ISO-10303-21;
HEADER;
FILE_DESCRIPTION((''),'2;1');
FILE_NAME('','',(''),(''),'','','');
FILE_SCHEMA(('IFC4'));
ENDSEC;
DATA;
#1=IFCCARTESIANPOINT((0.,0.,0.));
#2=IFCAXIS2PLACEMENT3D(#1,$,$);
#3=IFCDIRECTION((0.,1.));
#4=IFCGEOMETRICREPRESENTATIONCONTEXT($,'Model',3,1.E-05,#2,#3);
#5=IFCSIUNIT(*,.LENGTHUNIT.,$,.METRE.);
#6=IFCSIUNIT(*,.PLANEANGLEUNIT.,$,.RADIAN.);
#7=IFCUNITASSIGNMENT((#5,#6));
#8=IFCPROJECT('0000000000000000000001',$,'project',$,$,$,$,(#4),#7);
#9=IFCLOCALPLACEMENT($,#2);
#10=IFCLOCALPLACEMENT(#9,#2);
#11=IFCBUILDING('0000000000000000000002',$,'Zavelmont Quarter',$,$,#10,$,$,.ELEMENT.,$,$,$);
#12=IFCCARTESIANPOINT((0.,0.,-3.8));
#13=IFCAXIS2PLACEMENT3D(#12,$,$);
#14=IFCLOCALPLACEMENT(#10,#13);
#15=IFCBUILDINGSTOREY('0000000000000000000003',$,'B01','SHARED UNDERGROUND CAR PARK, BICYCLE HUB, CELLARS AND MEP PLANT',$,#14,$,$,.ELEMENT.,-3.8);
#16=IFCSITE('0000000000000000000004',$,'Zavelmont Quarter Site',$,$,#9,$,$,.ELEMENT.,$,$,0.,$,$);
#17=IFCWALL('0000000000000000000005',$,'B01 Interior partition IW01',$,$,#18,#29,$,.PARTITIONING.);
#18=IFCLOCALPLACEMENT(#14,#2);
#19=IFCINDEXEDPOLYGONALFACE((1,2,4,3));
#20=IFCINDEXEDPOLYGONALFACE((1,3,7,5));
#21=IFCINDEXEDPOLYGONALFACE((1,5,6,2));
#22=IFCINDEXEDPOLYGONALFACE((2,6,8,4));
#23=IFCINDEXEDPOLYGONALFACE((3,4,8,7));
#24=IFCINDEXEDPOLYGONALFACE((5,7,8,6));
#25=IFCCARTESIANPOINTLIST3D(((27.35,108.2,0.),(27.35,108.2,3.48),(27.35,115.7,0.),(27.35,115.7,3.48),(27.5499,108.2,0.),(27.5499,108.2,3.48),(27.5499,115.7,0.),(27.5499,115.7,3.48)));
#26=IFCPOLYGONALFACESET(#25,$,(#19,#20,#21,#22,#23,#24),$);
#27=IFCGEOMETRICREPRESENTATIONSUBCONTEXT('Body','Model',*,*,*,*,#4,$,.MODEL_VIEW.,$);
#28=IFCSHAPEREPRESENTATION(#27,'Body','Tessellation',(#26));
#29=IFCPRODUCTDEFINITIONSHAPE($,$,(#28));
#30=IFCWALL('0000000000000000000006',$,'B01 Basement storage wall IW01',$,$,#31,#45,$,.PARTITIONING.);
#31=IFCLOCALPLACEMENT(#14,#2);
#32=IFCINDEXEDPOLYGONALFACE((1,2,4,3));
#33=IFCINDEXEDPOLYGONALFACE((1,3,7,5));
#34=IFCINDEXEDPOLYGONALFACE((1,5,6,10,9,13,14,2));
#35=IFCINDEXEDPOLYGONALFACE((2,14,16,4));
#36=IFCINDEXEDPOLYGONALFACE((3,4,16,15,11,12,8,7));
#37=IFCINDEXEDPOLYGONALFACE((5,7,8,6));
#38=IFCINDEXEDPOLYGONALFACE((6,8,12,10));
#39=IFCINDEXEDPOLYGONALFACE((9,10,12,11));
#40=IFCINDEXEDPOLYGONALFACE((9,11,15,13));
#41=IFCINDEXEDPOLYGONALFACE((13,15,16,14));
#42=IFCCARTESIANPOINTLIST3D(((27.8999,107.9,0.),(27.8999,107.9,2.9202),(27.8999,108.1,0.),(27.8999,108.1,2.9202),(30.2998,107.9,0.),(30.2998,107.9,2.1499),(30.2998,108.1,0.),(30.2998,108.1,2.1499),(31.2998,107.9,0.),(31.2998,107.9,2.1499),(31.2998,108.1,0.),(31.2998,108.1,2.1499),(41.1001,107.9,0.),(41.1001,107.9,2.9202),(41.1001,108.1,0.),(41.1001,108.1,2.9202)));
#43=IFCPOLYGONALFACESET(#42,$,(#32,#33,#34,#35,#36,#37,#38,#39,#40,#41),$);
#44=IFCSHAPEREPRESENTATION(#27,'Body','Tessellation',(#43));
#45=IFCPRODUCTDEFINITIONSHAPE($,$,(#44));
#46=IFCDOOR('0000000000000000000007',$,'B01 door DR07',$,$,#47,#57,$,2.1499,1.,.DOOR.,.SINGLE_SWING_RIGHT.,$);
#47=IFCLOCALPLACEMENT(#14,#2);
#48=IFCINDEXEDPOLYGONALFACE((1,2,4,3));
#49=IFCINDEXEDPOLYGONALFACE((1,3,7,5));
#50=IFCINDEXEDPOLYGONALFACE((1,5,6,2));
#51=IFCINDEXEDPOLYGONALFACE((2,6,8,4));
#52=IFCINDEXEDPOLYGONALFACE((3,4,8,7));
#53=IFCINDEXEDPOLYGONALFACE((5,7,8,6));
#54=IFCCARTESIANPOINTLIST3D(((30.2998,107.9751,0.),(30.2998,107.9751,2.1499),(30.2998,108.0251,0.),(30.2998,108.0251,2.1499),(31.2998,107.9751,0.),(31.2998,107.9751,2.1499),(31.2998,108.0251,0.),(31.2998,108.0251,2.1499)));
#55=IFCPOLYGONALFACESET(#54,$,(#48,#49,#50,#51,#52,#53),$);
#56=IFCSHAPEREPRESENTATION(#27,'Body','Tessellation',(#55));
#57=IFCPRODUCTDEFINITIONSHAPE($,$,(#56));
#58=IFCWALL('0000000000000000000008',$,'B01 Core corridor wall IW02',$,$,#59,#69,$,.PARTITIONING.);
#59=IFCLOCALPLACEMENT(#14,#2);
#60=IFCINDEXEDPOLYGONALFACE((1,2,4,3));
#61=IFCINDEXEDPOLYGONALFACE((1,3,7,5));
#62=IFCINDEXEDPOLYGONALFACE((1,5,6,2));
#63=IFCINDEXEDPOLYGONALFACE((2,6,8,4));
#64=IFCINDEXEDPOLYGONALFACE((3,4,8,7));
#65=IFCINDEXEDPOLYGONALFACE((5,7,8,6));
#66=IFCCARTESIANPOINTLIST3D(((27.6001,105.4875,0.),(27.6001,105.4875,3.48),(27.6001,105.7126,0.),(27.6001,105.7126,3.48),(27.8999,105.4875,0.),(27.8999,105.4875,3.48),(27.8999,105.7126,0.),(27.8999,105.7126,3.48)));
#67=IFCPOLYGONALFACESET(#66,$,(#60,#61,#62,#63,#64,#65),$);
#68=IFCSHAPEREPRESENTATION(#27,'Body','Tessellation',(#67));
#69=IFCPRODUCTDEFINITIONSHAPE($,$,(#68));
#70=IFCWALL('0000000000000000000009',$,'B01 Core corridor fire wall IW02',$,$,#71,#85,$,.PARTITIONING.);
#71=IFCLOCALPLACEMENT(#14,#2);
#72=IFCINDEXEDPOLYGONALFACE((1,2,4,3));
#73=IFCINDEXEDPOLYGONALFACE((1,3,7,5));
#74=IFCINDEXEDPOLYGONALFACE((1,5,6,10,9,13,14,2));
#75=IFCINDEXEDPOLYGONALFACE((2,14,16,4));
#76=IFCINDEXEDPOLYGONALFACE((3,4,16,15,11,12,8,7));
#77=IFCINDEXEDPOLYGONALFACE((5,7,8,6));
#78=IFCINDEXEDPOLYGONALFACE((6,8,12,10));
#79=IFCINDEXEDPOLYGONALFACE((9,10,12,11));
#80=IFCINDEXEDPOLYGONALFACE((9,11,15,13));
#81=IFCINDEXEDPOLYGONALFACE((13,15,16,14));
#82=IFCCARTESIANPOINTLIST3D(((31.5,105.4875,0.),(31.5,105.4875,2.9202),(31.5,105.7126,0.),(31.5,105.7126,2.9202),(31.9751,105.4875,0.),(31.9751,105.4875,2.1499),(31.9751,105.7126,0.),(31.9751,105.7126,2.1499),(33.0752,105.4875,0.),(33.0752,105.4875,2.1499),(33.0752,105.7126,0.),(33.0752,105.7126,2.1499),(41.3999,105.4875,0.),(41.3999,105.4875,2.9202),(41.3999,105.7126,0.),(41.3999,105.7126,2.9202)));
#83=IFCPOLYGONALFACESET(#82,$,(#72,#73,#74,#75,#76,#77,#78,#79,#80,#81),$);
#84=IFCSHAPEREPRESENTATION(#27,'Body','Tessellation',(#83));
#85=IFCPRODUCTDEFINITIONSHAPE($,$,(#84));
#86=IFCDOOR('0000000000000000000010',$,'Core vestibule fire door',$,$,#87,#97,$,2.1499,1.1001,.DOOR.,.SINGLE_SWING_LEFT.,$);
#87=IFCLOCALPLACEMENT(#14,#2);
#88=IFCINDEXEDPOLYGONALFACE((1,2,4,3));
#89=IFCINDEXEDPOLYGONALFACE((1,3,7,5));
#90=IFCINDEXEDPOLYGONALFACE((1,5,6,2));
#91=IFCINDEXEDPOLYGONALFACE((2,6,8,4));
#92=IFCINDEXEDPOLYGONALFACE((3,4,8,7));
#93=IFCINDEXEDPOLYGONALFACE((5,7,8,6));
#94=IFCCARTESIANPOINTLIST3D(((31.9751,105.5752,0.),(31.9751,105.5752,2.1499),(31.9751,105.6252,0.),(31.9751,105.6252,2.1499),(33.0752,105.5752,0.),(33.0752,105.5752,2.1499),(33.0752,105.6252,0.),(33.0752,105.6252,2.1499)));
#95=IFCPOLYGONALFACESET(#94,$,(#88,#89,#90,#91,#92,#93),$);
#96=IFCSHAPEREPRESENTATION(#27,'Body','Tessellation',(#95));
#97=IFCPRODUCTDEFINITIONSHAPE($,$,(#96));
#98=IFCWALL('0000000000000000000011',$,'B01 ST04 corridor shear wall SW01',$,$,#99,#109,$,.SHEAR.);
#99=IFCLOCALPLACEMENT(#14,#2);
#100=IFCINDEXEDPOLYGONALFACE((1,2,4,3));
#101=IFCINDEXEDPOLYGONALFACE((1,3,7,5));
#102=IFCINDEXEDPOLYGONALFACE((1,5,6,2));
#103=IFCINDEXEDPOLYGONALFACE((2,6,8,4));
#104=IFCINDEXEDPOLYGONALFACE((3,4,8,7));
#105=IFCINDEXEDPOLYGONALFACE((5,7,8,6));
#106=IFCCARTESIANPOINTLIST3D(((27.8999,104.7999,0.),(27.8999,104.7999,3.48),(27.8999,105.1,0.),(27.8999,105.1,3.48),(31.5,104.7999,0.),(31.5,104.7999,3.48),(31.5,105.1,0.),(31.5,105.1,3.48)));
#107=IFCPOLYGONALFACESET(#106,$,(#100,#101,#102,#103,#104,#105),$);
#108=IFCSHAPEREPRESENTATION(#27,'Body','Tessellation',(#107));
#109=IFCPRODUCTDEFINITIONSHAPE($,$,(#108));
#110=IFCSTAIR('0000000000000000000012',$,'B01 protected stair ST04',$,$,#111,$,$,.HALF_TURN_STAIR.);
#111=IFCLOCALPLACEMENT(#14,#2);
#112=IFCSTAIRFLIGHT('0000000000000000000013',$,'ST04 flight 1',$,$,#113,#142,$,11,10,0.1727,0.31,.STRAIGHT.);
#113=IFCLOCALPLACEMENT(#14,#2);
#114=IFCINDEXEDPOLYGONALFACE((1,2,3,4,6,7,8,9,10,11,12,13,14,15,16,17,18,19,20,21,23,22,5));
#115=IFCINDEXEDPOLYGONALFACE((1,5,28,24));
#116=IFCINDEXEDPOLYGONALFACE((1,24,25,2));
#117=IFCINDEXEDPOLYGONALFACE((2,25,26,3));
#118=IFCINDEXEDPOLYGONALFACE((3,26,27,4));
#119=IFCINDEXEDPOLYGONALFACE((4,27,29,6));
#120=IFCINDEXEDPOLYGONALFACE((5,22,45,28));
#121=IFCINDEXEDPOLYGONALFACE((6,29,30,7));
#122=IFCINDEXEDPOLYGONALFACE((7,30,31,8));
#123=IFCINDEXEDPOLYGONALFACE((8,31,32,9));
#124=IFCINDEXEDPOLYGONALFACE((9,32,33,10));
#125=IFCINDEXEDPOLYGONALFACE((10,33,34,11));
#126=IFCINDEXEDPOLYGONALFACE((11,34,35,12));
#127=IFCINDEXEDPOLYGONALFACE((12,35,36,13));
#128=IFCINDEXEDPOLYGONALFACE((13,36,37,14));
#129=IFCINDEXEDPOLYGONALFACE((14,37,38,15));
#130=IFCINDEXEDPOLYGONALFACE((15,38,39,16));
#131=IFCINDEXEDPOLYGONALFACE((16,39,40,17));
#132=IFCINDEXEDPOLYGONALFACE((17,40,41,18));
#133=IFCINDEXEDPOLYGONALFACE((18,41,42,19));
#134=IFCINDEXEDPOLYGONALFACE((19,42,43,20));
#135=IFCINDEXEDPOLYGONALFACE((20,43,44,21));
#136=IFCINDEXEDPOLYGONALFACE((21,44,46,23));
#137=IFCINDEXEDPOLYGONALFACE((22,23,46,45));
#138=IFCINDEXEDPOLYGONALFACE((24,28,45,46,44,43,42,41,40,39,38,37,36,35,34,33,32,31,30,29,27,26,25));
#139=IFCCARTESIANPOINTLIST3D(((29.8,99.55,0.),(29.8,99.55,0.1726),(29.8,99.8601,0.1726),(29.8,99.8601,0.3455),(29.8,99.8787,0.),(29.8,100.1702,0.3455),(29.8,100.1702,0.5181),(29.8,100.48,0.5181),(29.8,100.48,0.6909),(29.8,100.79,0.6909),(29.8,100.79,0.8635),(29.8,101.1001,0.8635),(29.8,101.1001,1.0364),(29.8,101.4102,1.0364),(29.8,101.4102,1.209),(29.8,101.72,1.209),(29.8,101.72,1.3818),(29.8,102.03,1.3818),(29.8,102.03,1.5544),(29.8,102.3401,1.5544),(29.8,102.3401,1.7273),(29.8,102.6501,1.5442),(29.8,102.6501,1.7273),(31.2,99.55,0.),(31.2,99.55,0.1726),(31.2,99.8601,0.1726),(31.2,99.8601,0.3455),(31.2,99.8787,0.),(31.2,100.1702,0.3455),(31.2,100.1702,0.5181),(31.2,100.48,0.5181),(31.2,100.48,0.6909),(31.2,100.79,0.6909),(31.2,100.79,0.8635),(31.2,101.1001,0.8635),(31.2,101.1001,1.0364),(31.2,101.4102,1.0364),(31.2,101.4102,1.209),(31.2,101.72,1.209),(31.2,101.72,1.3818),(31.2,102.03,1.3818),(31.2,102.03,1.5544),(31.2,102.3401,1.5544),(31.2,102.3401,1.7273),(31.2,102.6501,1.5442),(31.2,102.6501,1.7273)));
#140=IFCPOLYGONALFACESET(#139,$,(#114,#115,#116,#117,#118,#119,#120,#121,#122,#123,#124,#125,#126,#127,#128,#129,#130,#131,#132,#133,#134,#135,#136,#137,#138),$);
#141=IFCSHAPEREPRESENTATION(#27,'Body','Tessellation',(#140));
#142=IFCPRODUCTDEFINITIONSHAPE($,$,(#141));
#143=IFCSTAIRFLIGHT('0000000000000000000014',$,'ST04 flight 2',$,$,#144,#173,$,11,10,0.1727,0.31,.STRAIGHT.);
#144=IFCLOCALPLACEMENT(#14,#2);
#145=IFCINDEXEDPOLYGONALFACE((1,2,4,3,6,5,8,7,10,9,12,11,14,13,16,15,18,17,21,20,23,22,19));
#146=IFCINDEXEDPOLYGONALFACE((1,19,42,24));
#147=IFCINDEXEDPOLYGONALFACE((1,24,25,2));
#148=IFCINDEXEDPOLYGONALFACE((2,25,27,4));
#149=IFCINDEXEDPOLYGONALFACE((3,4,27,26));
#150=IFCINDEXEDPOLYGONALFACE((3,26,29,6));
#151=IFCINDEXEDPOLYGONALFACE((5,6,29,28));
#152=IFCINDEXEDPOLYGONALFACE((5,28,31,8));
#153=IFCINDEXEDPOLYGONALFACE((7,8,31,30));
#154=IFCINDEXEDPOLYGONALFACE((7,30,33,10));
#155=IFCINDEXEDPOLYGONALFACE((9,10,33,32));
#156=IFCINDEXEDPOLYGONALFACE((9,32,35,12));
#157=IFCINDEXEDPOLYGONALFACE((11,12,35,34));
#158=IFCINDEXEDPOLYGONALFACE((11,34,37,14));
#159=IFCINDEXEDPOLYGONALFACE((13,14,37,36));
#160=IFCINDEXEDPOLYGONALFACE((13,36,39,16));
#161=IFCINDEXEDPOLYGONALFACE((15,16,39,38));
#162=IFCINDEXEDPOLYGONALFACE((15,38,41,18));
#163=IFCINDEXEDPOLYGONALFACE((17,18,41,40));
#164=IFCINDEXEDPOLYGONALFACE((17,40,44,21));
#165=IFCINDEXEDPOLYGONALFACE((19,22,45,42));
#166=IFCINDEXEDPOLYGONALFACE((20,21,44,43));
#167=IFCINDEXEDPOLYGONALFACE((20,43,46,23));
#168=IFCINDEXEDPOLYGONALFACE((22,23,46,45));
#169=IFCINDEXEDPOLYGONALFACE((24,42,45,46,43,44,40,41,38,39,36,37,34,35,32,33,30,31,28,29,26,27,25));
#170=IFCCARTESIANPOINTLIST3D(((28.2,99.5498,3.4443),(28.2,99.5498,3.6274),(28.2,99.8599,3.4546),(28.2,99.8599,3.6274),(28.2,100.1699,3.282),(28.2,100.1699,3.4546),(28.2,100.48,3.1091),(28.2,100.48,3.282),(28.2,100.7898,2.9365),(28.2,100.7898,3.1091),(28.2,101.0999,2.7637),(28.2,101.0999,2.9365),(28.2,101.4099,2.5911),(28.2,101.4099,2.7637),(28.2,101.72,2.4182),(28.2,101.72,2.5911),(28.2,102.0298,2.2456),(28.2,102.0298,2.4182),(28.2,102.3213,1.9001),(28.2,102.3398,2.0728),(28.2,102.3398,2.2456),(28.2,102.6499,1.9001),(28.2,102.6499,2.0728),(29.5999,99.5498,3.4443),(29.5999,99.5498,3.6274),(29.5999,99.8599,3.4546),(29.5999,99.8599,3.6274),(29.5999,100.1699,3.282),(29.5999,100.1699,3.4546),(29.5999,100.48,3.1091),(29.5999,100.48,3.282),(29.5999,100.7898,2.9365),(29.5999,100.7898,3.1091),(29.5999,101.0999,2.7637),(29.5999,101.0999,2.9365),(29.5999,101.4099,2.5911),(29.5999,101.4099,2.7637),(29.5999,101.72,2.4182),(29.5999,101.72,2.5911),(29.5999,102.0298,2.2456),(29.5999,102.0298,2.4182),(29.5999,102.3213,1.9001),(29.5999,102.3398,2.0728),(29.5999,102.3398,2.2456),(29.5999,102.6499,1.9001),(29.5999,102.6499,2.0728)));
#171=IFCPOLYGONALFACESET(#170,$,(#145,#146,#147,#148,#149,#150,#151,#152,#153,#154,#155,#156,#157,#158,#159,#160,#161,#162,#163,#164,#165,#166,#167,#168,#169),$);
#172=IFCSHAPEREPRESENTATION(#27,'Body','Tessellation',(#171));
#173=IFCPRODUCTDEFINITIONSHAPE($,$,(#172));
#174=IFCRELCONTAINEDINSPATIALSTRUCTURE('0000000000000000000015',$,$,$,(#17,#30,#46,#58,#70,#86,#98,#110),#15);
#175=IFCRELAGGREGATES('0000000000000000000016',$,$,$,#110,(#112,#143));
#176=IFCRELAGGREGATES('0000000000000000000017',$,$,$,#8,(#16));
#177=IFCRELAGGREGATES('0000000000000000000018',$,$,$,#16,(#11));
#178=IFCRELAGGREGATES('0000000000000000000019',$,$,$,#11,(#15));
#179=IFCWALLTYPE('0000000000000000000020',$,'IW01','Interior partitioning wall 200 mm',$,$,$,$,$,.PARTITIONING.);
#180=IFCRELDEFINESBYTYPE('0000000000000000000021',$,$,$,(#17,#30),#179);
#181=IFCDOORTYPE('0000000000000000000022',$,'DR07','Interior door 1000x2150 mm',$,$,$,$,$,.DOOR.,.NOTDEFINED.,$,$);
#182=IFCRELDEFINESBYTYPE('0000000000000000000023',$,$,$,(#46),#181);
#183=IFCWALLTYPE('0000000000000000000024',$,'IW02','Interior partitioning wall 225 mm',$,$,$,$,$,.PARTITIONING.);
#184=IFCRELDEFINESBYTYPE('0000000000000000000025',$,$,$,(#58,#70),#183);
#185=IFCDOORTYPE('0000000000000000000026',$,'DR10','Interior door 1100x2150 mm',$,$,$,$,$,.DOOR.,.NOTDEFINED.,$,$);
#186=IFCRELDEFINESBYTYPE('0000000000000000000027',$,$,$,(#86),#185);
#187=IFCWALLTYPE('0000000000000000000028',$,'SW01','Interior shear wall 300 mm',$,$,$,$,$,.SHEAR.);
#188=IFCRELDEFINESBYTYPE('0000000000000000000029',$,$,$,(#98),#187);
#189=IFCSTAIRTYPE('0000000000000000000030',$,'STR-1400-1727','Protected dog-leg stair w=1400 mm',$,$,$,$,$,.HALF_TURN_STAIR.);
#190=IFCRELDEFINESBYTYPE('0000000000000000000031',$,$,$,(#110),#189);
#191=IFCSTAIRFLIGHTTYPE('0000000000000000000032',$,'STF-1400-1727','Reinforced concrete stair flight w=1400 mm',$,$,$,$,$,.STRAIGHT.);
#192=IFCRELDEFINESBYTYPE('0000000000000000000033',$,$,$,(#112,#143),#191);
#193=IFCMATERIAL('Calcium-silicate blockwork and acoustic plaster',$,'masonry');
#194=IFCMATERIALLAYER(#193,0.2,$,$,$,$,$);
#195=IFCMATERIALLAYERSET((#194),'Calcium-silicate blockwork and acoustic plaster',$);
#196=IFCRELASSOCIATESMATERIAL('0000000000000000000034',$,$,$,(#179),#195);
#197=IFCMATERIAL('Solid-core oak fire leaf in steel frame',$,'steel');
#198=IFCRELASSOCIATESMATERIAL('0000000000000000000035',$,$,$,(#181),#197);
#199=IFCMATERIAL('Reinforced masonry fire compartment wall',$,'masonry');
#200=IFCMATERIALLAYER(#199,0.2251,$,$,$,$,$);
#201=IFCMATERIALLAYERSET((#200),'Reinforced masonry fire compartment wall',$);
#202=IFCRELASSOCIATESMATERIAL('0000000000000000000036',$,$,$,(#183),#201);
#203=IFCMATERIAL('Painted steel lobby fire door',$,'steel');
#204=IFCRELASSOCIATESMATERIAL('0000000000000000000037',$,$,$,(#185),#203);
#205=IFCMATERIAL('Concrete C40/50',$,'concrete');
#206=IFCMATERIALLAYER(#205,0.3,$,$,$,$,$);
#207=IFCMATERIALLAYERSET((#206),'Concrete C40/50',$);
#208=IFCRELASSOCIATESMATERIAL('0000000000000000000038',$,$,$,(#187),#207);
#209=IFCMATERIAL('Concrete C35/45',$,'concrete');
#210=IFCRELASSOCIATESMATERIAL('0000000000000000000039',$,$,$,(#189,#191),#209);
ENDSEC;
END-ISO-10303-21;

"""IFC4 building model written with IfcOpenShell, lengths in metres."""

from ifc_helpers import new_model, si_unit, direction, frame, frame_2d, origin, place, context, subcontext, project, spatial, polyline, rectangle, outline, extrude, material, layer, layer_set, type_object, element, fill, aggregate, save


model = new_model("IFC4")

# Units and contexts
model_context = context("Model", 3, precision=1e-05, world=origin(), true_north=direction((0.0, 1.0)))
body_context = subcontext(model_context, "Body", "Model", "MODEL_VIEW")
ifc_project = project(units=[si_unit("LENGTHUNIT", "METRE"), si_unit("PLANEANGLEUNIT", "RADIAN")], contexts=[model_context])

# Site, building, storey
site_placement = place(None, origin())
site = spatial("IfcSite", under=ifc_project, at=site_placement, Name="Zavelmont Quarter Site", CompositionType="ELEMENT", RefElevation=0.0)
building_placement = place(site_placement, origin())
building = spatial("IfcBuilding", under=site, at=building_placement, Name="Zavelmont Quarter", CompositionType="ELEMENT")
storey_placement = place(building_placement, frame((0.0, 0.0, -3.8)))
storey = spatial("IfcBuildingStorey", under=building, at=storey_placement, Name="B01", Description="SHARED UNDERGROUND CAR PARK, BICYCLE HUB, CELLARS AND MEP PLANT", CompositionType="ELEMENT", Elevation=-3.8)

# Shared definitions
ifc_material_1 = material(Name="Concrete C35/45", Category="concrete")

# Shared definitions
ifc_material_2 = material(Name="Concrete C40/50", Category="concrete")

# Wall
ifc_material_3 = material(Name="Calcium-silicate blockwork and acoustic plaster", Category="masonry")
ifc_layer_1 = layer(ifc_material_3, 0.2)
ifc_layer_set_1 = layer_set([ifc_layer_1], Name="Calcium-silicate blockwork and acoustic plaster")
wall_type_1 = type_object("IfcWallType", Name="IW01", Description="Interior partitioning wall 200 mm", PredefinedType="PARTITIONING", material=ifc_layer_set_1)
wall_1_placement = place(storey_placement, frame((27.45, 108.2, 0.0), z_axis=(0.0, 0.0, 1.0), x_axis=(0.0, 1.0, 0.0)))
element("IfcWall", 1, at=wall_1_placement, inside=storey, type_object=wall_type_1, Name="B01 Interior partition IW01", PredefinedType="PARTITIONING", context=body_context, shape_type="SweptSolid", body=[
    extrude(rectangle(XDim=7.5, YDim=0.2, at=frame_2d((3.75, 0.0))), origin(), (0.0, 0.0, 1.0), 3.48),
])

# Wall, opening, door
wall_2_placement = place(storey_placement, frame((27.8999, 108.0, 0.0), z_axis=(0.0, 0.0, 1.0), x_axis=(1.0, 0.0, 0.0)))
wall_2 = element("IfcWall", 2, at=wall_2_placement, inside=storey, type_object=wall_type_1, Name="B01 Basement storage wall IW01", PredefinedType="PARTITIONING", context=body_context, shape_type="SweptSolid", body=[
    extrude(rectangle(XDim=13.2002, YDim=0.2, at=frame_2d((6.6001, 0.0))), origin(), (0.0, 0.0, 1.0), 2.9202),
])
opening_1_placement = place(wall_2_placement, frame((2.3999, 0.0, 0.0)))
opening_1 = element("IfcOpeningElement", 3, at=opening_1_placement, cuts=wall_2, PredefinedType="OPENING", context=body_context, shape_type="SweptSolid", body=[
    extrude(rectangle(XDim=1.0, YDim=2.1499, at=frame_2d((0.5, 1.075))), frame((0.0, 0.1118, 0.0), z_axis=(0.0, -1.0, 0.0), x_axis=(1.0, 0.0, 0.0)), (0.0, 0.0, 1.0), 0.2239),
])
ifc_material_4 = material(Name="Solid-core oak fire leaf in steel frame", Category="steel")
door_type_1 = type_object("IfcDoorType", Name="DR07", Description="Interior door 1000x2150 mm", OperationType="NOTDEFINED", PredefinedType="DOOR", material=ifc_material_4)
door_1_placement = place(opening_1_placement, frame((1.0, 0.0, 0.0), z_axis=(0.0, 0.0, 1.0), x_axis=(-1.0, 0.0, 0.0)))
door_1 = element("IfcDoor", 4, at=door_1_placement, inside=storey, type_object=door_type_1, Name="B01 door DR07", OperationType="SINGLE_SWING_RIGHT", OverallHeight=2.1499, OverallWidth=1.0, PredefinedType="DOOR", context=body_context, shape_type="SweptSolid", body=[
    extrude(rectangle(XDim=1.0, YDim=2.1499, at=frame_2d((0.5, 1.075))), frame((0.0, 0.0249, 0.0), z_axis=(0.0, -1.0, 0.0), x_axis=(1.0, 0.0, 0.0)), (0.0, 0.0, 1.0), 0.05),
])
fill(opening_1, door_1)
ifc_material_5 = material(Name="Reinforced masonry fire compartment wall", Category="masonry")
ifc_layer_2 = layer(ifc_material_5, 0.2251)
ifc_layer_set_2 = layer_set([ifc_layer_2], Name="Reinforced masonry fire compartment wall")
wall_type_2 = type_object("IfcWallType", Name="IW02", Description="Interior partitioning wall 225 mm", PredefinedType="PARTITIONING", material=ifc_layer_set_2)
ifc_material_6 = material(Name="Painted steel lobby fire door", Category="steel")
door_type_2 = type_object("IfcDoorType", Name="DR10", Description="Interior door 1100x2150 mm", OperationType="NOTDEFINED", PredefinedType="DOOR", material=ifc_material_6)

# Wall
wall_3_placement = place(storey_placement, frame((27.6001, 105.6001, 0.0), z_axis=(0.0, 0.0, 1.0), x_axis=(1.0, 0.0, 0.0)))
element("IfcWall", 5, at=wall_3_placement, inside=storey, type_object=wall_type_2, Name="B01 Core corridor wall IW02", PredefinedType="PARTITIONING", context=body_context, shape_type="SweptSolid", body=[
    extrude(rectangle(XDim=0.2998, YDim=0.2251, at=frame_2d((0.1499, 0.0))), origin(), (0.0, 0.0, 1.0), 3.48),
])

# Wall, opening, door
wall_4_placement = place(storey_placement, frame((31.5, 105.6001, 0.0), z_axis=(0.0, 0.0, 1.0), x_axis=(1.0, 0.0, 0.0)))
wall_4 = element("IfcWall", 6, at=wall_4_placement, inside=storey, type_object=wall_type_2, Name="B01 Core corridor fire wall IW02", PredefinedType="PARTITIONING", context=body_context, shape_type="SweptSolid", body=[
    extrude(rectangle(XDim=9.8999, YDim=0.2251, at=frame_2d((4.95, 0.0))), origin(), (0.0, 0.0, 1.0), 2.9202),
])
opening_2_placement = place(wall_4_placement, frame((0.4751, 0.0, 0.0)))
opening_2 = element("IfcOpeningElement", 7, at=opening_2_placement, cuts=wall_4, PredefinedType="OPENING", context=body_context, shape_type="SweptSolid", body=[
    extrude(rectangle(XDim=1.1001, YDim=2.1499, at=frame_2d((0.55, 1.075))), frame((0.0, 0.1245, 0.0), z_axis=(0.0, -1.0, 0.0), x_axis=(1.0, 0.0, 0.0)), (0.0, 0.0, 1.0), 0.249),
])
door_2_placement = place(opening_2_placement, frame((1.1001, 0.0, 0.0), z_axis=(0.0, 0.0, 1.0), x_axis=(-1.0, 0.0, 0.0)))
door_2 = element("IfcDoor", 8, at=door_2_placement, inside=storey, type_object=door_type_2, Name="Core vestibule fire door", OperationType="SINGLE_SWING_LEFT", OverallHeight=2.1499, OverallWidth=1.1001, PredefinedType="DOOR", context=body_context, shape_type="SweptSolid", body=[
    extrude(rectangle(XDim=1.1001, YDim=2.1499, at=frame_2d((0.55, 1.075))), frame((0.0, 0.0249, 0.0), z_axis=(0.0, -1.0, 0.0), x_axis=(1.0, 0.0, 0.0)), (0.0, 0.0, 1.0), 0.05),
])
fill(opening_2, door_2)

# Wall
ifc_layer_3 = layer(ifc_material_2, 0.3)
ifc_layer_set_3 = layer_set([ifc_layer_3], Name="Concrete C40/50")
wall_type_3 = type_object("IfcWallType", Name="SW01", Description="Interior shear wall 300 mm", PredefinedType="SHEAR", material=ifc_layer_set_3)
wall_5_placement = place(storey_placement, frame((27.8999, 104.95, 0.0), z_axis=(0.0, 0.0, 1.0), x_axis=(1.0, 0.0, 0.0)))
element("IfcWall", 9, at=wall_5_placement, inside=storey, type_object=wall_type_3, Name="B01 ST04 corridor shear wall SW01", PredefinedType="SHEAR", context=body_context, shape_type="SweptSolid", body=[
    extrude(rectangle(XDim=3.6001, YDim=0.3, at=frame_2d((1.8, 0.0))), origin(), (0.0, 0.0, 1.0), 3.48),
])

# Stair, stair flights
stair_type = type_object("IfcStairType", Name="STR-1400-1727", Description="Protected dog-leg stair w=1400 mm", PredefinedType="HALF_TURN_STAIR", material=ifc_material_1)
stair_placement = place(storey_placement, origin())
stair = element("IfcStair", 10, at=stair_placement, inside=storey, type_object=stair_type, Name="B01 protected stair ST04", PredefinedType="HALF_TURN_STAIR")
stair_flight_type = type_object("IfcStairFlightType", Name="STF-1400-1727", Description="Reinforced concrete stair flight w=1400 mm", PredefinedType="STRAIGHT", material=ifc_material_1)
stair_flight_1_placement = place(storey_placement, frame((30.5, 99.55, 0.0), z_axis=(0.0, 0.0, 1.0), x_axis=(0.0, 1.0, 0.0)))
stair_flight_1 = element("IfcStairFlight", 11, at=stair_flight_1_placement, type_object=stair_flight_type, Name="ST04 flight 1", NumberOfRisers=11, NumberOfTreads=10, PredefinedType="STRAIGHT", RiserHeight=0.1727, TreadLength=0.31, context=body_context, shape_type="SweptSolid", body=[
    extrude(outline(polyline([(0.0, 0.0), (0.0, 0.1726), (0.3101, 0.1726), (0.3101, 0.3455), (0.6201, 0.3455), (0.6201, 0.5181), (0.9299, 0.5181), (0.9299, 0.6909), (1.24, 0.6909), (1.24, 0.8635), (1.55, 0.8635), (1.55, 1.0364), (1.8601, 1.0364), (1.8601, 1.209), (2.1699, 1.209), (2.1699, 1.3818), (2.48, 1.3818), (2.48, 1.5544), (2.79, 1.5544), (2.79, 1.7273), (3.1001, 1.7273), (3.1001, 1.8999), (3.1001, 1.5442), (0.3286, 0.0), (0.0, 0.0)])), frame((0.0, 0.7, 0.0), z_axis=(0.0, -1.0, 0.0), x_axis=(1.0, 0.0, 0.0)), (0.0, 0.0, 1.0), 1.3999),
])
stair_flight_2_placement = place(storey_placement, frame((28.8999, 102.6499, 1.9001), z_axis=(0.0, 0.0, 1.0), x_axis=(0.0, -1.0, 0.0)))
stair_flight_2 = element("IfcStairFlight", 12, at=stair_flight_2_placement, type_object=stair_flight_type, Name="ST04 flight 2", NumberOfRisers=11, NumberOfTreads=10, PredefinedType="STRAIGHT", RiserHeight=0.1727, TreadLength=0.31, context=body_context, shape_type="SweptSolid", body=[
    extrude(outline(polyline([(0.0, 0.0), (0.0, 0.1726), (0.3101, 0.1726), (0.3101, 0.3455), (0.6201, 0.3455), (0.6201, 0.5181), (0.9299, 0.5181), (0.9299, 0.6909), (1.24, 0.6909), (1.24, 0.8635), (1.55, 0.8635), (1.55, 1.0364), (1.8601, 1.0364), (1.8601, 1.209), (2.1699, 1.209), (2.1699, 1.3818), (2.48, 1.3818), (2.48, 1.5544), (2.79, 1.5544), (2.79, 1.7273), (3.1001, 1.7273), (3.1001, 1.8999), (3.1001, 1.5442), (0.3286, 0.0), (0.0, 0.0)])), frame((0.0, 0.7, 0.0), z_axis=(0.0, -1.0, 0.0), x_axis=(1.0, 0.0, 0.0)), (0.0, 0.0, 1.0), 1.3999),
])
aggregate(stair, [stair_flight_1, stair_flight_2])

save(model, "model.ifc")
